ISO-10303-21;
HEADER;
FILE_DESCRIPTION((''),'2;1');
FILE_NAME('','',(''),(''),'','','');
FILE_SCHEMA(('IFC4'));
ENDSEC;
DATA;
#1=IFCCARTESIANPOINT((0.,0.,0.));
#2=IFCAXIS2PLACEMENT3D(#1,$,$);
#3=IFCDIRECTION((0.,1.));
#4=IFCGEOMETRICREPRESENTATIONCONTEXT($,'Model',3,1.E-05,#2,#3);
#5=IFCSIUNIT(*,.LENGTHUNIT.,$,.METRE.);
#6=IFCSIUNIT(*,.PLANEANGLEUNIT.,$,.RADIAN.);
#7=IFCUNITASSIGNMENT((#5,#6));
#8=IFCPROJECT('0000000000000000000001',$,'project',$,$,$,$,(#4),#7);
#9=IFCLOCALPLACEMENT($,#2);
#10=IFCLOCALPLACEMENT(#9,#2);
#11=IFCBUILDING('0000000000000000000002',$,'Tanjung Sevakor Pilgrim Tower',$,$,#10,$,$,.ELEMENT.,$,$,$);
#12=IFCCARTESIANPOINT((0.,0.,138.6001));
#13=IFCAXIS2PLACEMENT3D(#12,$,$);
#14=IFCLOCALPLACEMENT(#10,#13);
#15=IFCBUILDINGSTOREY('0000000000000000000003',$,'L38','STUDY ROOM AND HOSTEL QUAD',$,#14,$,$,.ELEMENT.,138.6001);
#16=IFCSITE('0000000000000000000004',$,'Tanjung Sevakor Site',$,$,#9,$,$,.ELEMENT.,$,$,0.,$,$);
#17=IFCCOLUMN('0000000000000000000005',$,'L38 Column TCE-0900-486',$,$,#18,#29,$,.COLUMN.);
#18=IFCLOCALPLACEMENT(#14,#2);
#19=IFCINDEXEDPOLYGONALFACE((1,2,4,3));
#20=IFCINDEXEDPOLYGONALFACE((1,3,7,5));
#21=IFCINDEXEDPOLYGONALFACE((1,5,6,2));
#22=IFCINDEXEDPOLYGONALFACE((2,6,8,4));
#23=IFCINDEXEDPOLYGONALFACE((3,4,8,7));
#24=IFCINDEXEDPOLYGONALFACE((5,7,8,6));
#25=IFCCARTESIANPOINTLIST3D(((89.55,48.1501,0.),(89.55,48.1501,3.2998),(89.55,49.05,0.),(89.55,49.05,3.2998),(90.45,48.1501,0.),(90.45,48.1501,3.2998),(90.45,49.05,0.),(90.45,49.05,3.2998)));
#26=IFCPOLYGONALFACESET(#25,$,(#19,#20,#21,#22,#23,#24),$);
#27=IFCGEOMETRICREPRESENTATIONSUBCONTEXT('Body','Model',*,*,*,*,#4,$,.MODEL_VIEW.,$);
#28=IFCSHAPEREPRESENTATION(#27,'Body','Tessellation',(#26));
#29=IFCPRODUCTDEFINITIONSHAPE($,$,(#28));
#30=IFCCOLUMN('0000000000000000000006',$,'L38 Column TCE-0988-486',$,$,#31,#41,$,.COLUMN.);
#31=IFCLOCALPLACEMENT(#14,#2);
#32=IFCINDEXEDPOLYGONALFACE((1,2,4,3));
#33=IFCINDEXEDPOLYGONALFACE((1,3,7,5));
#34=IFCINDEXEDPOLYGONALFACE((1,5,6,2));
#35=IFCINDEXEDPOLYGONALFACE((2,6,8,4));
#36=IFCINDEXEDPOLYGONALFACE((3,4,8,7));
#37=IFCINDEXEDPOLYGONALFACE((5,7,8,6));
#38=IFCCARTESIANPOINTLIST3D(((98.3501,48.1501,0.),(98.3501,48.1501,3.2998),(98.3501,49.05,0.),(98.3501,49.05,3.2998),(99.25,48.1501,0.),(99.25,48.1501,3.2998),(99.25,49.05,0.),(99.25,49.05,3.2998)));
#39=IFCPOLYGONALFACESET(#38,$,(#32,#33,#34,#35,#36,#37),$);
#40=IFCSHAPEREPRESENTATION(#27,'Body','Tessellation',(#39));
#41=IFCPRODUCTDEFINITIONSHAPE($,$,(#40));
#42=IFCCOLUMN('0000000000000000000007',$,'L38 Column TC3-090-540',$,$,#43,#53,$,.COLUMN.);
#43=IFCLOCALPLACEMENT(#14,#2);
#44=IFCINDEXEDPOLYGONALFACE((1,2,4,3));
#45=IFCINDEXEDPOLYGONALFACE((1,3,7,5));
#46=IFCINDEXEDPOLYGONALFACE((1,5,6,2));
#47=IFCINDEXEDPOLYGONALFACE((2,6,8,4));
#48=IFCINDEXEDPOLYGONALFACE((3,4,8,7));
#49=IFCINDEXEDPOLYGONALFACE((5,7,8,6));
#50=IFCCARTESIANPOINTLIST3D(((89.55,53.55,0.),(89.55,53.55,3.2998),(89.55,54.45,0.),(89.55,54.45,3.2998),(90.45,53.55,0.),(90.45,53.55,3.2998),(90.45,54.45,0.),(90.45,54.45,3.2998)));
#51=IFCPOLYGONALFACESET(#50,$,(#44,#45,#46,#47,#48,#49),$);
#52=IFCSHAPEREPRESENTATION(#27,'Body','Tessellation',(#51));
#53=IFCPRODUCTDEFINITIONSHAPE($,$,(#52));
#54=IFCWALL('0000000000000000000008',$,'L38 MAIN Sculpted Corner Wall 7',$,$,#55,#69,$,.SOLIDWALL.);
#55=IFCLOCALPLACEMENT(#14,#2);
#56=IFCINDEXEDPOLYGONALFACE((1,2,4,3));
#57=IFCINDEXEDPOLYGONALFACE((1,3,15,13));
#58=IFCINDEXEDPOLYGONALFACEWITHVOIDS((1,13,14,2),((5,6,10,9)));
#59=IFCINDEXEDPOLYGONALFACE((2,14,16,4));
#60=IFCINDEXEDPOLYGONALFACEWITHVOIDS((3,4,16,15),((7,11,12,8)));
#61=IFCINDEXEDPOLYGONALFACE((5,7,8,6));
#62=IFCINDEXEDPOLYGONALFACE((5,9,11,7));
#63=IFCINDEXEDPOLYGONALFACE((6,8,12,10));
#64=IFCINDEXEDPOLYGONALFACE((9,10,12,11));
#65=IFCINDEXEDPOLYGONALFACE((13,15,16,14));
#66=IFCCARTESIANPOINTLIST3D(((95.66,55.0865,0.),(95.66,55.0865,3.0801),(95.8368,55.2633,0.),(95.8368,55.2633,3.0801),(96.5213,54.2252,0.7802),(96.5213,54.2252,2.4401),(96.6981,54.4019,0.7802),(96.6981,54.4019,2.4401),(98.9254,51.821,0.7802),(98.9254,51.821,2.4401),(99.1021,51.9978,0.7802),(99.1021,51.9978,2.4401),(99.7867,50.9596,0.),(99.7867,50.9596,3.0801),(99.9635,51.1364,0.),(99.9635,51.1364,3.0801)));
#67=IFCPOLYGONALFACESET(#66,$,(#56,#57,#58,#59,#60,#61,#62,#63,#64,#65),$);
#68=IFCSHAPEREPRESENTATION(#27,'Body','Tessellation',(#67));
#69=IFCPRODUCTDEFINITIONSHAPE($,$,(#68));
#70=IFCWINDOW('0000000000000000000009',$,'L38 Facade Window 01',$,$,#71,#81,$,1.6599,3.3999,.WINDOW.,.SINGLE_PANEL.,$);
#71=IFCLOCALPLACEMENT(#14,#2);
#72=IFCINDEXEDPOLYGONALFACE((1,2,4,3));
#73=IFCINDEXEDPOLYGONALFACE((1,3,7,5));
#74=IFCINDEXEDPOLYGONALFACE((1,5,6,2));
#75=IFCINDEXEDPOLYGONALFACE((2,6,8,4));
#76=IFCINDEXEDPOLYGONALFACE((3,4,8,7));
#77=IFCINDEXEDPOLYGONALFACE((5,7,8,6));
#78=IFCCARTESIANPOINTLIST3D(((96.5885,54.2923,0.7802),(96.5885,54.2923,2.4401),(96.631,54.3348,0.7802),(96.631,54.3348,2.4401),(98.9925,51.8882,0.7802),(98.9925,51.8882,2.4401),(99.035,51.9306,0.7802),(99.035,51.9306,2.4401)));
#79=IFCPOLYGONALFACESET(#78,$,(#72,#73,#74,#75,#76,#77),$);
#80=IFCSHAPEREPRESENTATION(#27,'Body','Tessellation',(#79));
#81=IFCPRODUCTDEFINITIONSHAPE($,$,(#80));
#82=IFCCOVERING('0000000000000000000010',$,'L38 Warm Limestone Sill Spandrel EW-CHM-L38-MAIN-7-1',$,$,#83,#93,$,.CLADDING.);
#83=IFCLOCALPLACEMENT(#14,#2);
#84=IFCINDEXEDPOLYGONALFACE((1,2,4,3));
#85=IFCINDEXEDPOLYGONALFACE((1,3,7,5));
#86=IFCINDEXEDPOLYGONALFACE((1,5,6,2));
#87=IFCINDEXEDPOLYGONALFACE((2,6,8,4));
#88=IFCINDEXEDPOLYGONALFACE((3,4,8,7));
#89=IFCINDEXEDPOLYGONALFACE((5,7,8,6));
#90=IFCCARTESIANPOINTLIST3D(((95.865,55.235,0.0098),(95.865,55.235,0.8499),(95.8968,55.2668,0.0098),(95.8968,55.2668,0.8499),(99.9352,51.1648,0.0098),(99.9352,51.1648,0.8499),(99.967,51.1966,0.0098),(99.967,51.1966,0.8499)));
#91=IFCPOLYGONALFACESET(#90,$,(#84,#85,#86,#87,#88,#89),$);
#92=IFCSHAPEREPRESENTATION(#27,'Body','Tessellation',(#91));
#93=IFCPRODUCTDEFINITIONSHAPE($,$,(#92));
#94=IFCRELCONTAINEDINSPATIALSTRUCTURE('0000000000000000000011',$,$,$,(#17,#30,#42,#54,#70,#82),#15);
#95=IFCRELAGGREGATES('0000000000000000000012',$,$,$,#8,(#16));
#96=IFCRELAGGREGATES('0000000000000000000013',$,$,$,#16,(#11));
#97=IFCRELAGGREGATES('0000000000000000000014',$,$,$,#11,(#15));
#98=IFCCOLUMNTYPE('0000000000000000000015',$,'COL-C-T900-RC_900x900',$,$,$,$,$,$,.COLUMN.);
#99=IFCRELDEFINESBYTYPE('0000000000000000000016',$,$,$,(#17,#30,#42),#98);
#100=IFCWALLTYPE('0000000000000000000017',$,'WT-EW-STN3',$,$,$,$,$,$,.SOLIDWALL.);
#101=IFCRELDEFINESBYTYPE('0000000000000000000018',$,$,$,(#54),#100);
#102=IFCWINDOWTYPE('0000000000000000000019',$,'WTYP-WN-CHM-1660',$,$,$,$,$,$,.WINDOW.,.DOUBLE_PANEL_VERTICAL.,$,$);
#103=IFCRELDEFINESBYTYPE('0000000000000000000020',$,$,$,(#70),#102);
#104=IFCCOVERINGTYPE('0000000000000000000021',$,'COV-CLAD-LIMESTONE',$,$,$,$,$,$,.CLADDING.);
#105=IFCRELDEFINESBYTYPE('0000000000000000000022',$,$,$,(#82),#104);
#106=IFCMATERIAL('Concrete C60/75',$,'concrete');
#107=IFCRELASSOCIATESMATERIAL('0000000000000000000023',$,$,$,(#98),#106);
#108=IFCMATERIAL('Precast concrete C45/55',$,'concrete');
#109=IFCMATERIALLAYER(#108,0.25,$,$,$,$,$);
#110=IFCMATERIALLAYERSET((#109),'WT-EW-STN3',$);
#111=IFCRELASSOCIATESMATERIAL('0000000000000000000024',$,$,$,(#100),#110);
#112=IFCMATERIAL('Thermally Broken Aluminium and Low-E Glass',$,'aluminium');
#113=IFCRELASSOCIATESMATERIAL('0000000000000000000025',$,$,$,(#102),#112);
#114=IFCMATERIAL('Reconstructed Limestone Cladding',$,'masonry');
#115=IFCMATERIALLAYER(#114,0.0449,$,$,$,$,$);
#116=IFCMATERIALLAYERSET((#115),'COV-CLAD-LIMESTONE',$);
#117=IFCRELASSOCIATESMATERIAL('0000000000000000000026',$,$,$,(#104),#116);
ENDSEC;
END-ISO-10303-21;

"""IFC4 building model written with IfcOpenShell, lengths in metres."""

from ifc_helpers import new_model, si_unit, direction, frame, frame_2d, origin, origin_2d, place, context, subcontext, project, spatial, rectangle, extrude, material, layer, layer_set, material_profile, profile_set, type_object, element, fill, save


model = new_model("IFC4")

# Units and contexts
model_context = context("Model", 3, precision=1e-05, world=origin(), true_north=direction((0.0, 1.0)))
body_context = subcontext(model_context, "Body", "Model", "MODEL_VIEW")
ifc_project = project(units=[si_unit("LENGTHUNIT", "METRE"), si_unit("PLANEANGLEUNIT", "RADIAN")], contexts=[model_context])

# Site, building, storey
site_placement = place(None, origin())
site = spatial("IfcSite", under=ifc_project, at=site_placement, Name="Tanjung Sevakor Site", CompositionType="ELEMENT", RefElevation=0.0)
building_placement = place(site_placement, origin())
building = spatial("IfcBuilding", under=site, at=building_placement, Name="Tanjung Sevakor Pilgrim Tower", CompositionType="ELEMENT")
storey_placement = place(building_placement, frame((0.0, 0.0, 138.6001)))
storey = spatial("IfcBuildingStorey", under=building, at=storey_placement, Name="L38", Description="STUDY ROOM AND HOSTEL QUAD", CompositionType="ELEMENT", Elevation=138.6001)

# Columns
ifc_material_1 = material(Name="Concrete C60/75", Category="concrete")
ifc_material_profile = material_profile(ifc_material_1, rectangle(XDim=0.8999, YDim=0.8999, at=origin_2d()))
ifc_profile_set = profile_set([ifc_material_profile], Name="Concrete C60/75")
column_type = type_object("IfcColumnType", Name="COL-C-T900-RC_900x900", PredefinedType="COLUMN", material=ifc_profile_set)
for number, where, z_axis, x_axis, name in (
    (1, (90.0, 48.6001, 0.0), (0.0, 0.0, 1.0), (1.0, 0.0, 0.0), "L38 Column TCE-0900-486"),
    (2, (98.8, 48.6001, 0.0), (0.0, 0.0, 1.0), (1.0, 0.0, 0.0), "L38 Column TCE-0988-486"),
    (3, (90.0, 54.0, 0.0), (0.0, 0.0, 1.0), (1.0, 0.0, 0.0), "L38 Column TC3-090-540"),
):
    element("IfcColumn", number, at=place(storey_placement, frame(where, z_axis=z_axis, x_axis=x_axis)), inside=storey, type_object=column_type, Name=name, PredefinedType="COLUMN", context=body_context, shape_type="SweptSolid", body=[
        extrude(rectangle(XDim=0.8999, YDim=0.8999, at=origin_2d()), origin(), (0.0, 0.0, 1.0), 3.2998),
    ])

# Wall, opening, window
ifc_material_2 = material(Name="Precast concrete C45/55", Category="concrete")
ifc_layer_1 = layer(ifc_material_2, 0.25)
ifc_layer_set_1 = layer_set([ifc_layer_1], Name="WT-EW-STN3")
wall_type = type_object("IfcWallType", Name="WT-EW-STN3", PredefinedType="SOLIDWALL", material=ifc_layer_set_1)
wall_1_placement = place(storey_placement, frame((99.875, 51.0481, 0.0), z_axis=(0.0, 0.0, 1.0), x_axis=(-0.707086, 0.707128, 0.0)))
wall_1 = element("IfcWall", 4, at=wall_1_placement, inside=storey, type_object=wall_type, Name="L38 MAIN Sculpted Corner Wall 7", PredefinedType="SOLIDWALL", context=body_context, shape_type="SweptSolid", body=[
    extrude(rectangle(XDim=5.8362, YDim=0.25, at=frame_2d((2.918, 0.0))), origin(), (0.0, 0.0, 1.0), 3.0801),
])
opening_1_placement = place(wall_1_placement, frame((1.218, 0.0, 0.78)))
opening_1 = element("IfcOpeningElement", 5, at=opening_1_placement, cuts=wall_1, PredefinedType="OPENING", context=body_context, shape_type="SweptSolid", body=[
    extrude(rectangle(XDim=3.3999, YDim=1.6599, at=frame_2d((1.7, 0.8301))), frame((0.0, 0.135, 0.0), z_axis=(0.0, -1.0, 0.0), x_axis=(1.0, 0.0, 0.0)), (0.0, 0.0, 1.0), 0.27),
])
ifc_material_3 = material(Name="Thermally Broken Aluminium and Low-E Glass", Category="aluminium")
window_type_1 = type_object("IfcWindowType", Name="WTYP-WN-CHM-1660", PartitioningType="DOUBLE_PANEL_VERTICAL", PredefinedType="WINDOW", material=ifc_material_3)
window_1_placement = place(opening_1_placement, origin())
window_1 = element("IfcWindow", 6, at=window_1_placement, inside=storey, type_object=window_type_1, Name="L38 Facade Window 01", OverallHeight=1.6599, OverallWidth=3.3999, PartitioningType="SINGLE_PANEL", PredefinedType="WINDOW", context=body_context, shape_type="SweptSolid", body=[
    extrude(rectangle(XDim=3.3999, YDim=1.6599, at=frame_2d((1.7, 0.8301))), frame((0.0, 0.03, 0.0), z_axis=(0.0, -1.0, 0.0), x_axis=(1.0, 0.0, 0.0)), (0.0, 0.0, 1.0), 0.0601),
])
fill(opening_1, window_1)

# Covering
ifc_material_4 = material(Name="Reconstructed Limestone Cladding", Category="masonry")
ifc_layer_2 = layer(ifc_material_4, 0.0449)
ifc_layer_set_2 = layer_set([ifc_layer_2], Name="COV-CLAD-LIMESTONE")
covering_type = type_object("IfcCoveringType", Name="COV-CLAD-LIMESTONE", PredefinedType="CLADDING", material=ifc_layer_set_2)
covering_placement = place(storey_placement, frame((97.916, 53.2158, 0.0098), z_axis=(0.0, 0.0, 1.0), x_axis=(-0.707107, 0.707107, 0.0)))
element("IfcCovering", 7, at=covering_placement, inside=storey, type_object=covering_type, Name="L38 Warm Limestone Sill Spandrel EW-CHM-L38-MAIN-7-1", PredefinedType="CLADDING", context=body_context, shape_type="SweptSolid", body=[
    extrude(rectangle(XDim=5.7561, YDim=0.0449, at=origin_2d()), origin(), (0.0, 0.0, 1.0), 0.8401),
])

save(model, "model.ifc")
